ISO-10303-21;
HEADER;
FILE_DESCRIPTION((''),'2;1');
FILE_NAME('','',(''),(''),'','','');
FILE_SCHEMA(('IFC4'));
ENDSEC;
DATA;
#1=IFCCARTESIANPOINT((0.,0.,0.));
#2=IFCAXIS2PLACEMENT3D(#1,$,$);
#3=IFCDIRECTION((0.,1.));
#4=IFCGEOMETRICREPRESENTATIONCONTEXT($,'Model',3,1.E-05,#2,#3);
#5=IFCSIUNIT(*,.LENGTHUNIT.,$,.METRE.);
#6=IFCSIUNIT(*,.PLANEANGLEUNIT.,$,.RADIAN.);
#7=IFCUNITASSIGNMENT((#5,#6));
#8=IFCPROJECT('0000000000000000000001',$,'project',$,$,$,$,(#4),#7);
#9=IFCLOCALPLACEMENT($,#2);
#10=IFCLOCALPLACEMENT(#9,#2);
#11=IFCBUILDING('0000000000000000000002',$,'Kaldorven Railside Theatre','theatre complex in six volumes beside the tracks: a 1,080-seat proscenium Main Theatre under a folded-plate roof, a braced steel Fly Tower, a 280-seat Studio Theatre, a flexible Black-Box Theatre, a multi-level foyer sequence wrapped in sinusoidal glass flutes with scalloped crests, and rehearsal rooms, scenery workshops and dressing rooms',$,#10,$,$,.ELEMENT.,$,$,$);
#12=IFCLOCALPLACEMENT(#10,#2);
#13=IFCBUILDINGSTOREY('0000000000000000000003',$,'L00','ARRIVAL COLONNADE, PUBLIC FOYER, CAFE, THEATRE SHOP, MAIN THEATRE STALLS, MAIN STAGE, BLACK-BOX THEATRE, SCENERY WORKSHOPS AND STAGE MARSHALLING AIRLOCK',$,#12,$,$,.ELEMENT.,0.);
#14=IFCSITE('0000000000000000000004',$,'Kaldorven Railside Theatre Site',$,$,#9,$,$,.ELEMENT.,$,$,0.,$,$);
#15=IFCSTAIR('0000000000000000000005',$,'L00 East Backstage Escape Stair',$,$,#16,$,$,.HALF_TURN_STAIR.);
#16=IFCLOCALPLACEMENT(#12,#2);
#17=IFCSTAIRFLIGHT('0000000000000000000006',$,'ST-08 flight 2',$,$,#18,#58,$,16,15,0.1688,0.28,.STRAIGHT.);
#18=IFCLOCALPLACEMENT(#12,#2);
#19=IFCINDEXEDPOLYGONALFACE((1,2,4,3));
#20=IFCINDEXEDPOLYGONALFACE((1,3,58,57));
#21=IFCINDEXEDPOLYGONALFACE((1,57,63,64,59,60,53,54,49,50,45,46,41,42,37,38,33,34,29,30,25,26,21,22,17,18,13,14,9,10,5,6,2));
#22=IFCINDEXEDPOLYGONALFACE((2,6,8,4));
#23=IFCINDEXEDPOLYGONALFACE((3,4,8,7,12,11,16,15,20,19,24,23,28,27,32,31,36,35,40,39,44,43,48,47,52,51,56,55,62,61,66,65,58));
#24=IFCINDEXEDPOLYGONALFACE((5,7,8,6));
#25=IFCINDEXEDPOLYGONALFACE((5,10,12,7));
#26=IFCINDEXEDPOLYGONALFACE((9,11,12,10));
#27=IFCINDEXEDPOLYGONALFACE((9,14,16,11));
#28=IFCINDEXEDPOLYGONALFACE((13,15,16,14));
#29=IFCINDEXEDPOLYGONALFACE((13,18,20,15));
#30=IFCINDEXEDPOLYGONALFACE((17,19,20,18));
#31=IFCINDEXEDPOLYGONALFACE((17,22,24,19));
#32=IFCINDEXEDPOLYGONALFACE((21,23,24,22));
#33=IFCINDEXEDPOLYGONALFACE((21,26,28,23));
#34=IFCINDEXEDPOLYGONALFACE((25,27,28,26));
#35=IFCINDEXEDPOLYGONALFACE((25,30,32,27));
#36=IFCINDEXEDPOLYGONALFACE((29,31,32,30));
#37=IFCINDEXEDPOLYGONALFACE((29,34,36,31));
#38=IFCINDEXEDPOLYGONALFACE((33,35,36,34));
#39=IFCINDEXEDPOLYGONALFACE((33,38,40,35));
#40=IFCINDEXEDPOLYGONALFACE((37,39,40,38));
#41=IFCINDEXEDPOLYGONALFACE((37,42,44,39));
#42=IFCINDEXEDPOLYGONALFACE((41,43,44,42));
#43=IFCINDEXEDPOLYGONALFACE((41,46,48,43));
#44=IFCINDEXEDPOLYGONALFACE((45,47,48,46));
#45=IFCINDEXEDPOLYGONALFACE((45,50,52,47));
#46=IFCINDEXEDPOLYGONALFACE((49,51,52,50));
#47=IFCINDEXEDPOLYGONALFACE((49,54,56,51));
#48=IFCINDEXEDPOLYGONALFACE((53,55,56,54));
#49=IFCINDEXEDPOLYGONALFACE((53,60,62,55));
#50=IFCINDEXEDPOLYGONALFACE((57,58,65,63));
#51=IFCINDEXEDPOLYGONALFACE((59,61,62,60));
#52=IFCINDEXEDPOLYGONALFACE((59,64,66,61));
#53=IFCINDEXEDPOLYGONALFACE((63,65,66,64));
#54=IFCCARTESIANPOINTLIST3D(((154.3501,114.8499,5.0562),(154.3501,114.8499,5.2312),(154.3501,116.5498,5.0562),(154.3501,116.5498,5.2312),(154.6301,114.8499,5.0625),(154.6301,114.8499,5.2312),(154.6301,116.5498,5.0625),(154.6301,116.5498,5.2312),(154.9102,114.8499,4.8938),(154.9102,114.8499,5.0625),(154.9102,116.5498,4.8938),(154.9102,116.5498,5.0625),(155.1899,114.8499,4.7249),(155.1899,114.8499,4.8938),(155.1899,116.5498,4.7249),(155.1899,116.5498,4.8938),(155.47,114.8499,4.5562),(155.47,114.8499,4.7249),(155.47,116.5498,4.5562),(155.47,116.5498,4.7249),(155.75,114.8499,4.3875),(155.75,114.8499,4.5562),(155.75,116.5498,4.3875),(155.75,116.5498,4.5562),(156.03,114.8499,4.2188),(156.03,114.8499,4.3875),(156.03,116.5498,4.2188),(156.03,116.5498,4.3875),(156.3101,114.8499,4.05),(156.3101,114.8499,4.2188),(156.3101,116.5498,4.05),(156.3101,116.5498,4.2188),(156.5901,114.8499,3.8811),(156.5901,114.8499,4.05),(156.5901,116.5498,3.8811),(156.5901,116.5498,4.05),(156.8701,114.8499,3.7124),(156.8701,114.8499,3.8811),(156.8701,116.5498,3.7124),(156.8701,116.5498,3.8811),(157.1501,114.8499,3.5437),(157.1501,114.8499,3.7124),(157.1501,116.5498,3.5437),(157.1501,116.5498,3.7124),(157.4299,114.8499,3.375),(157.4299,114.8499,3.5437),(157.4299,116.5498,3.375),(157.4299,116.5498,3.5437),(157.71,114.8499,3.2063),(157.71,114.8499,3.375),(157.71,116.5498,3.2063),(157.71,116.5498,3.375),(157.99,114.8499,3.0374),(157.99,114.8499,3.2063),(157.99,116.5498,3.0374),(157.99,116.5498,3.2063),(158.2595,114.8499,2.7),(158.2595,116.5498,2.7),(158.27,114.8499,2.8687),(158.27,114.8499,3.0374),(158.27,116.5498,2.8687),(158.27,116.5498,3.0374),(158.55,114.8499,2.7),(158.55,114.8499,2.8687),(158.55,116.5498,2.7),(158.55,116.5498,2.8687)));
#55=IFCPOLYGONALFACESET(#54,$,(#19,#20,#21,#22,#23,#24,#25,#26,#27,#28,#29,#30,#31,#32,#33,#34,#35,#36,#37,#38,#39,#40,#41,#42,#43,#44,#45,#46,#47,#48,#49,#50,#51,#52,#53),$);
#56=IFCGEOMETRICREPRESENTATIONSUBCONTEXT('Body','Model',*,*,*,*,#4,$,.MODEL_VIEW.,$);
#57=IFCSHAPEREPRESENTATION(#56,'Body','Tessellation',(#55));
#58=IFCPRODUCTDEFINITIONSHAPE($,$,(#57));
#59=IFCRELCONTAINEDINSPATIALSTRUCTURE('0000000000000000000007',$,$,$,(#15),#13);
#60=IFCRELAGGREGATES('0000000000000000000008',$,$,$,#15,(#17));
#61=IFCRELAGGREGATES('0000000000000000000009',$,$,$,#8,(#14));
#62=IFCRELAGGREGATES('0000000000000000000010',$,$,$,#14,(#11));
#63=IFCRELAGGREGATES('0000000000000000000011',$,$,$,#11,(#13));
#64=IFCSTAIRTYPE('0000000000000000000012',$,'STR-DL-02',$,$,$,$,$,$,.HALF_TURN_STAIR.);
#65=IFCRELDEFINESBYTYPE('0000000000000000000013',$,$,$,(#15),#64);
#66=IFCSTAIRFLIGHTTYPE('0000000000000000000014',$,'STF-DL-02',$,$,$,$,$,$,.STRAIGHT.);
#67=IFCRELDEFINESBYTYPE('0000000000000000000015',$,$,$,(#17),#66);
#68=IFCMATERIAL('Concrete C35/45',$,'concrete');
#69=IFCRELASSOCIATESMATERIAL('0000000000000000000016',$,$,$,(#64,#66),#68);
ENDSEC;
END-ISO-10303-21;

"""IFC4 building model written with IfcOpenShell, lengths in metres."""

from ifc_helpers import new_model, si_unit, direction, frame, origin, place, context, subcontext, project, spatial, polyline, outline, extrude, material, type_object, element, aggregate, save


model = new_model("IFC4")

# Units and contexts
model_context = context("Model", 3, precision=1e-05, world=origin(), true_north=direction((0.0, 1.0)))
body_context = subcontext(model_context, "Body", "Model", "MODEL_VIEW")
ifc_project = project(units=[si_unit("LENGTHUNIT", "METRE"), si_unit("PLANEANGLEUNIT", "RADIAN")], contexts=[model_context])

# Site, building, storey
site_placement = place(None, origin())
site = spatial("IfcSite", under=ifc_project, at=site_placement, Name="Kaldorven Railside Theatre Site", CompositionType="ELEMENT", RefElevation=0.0)
building_placement = place(site_placement, origin())
building = spatial("IfcBuilding", under=site, at=building_placement, Name="Kaldorven Railside Theatre", Description="theatre complex in six volumes beside the tracks: a 1,080-seat proscenium Main Theatre under a folded-plate roof, a braced steel Fly Tower, a 280-seat Studio Theatre, a flexible Black-Box Theatre, a multi-level foyer sequence wrapped in sinusoidal glass flutes with scalloped crests, and rehearsal rooms, scenery workshops and dressing rooms", CompositionType="ELEMENT")
storey_placement = place(building_placement, origin())
storey = spatial("IfcBuildingStorey", under=building, at=storey_placement, Name="L00", Description="ARRIVAL COLONNADE, PUBLIC FOYER, CAFE, THEATRE SHOP, MAIN THEATRE STALLS, MAIN STAGE, BLACK-BOX THEATRE, SCENERY WORKSHOPS AND STAGE MARSHALLING AIRLOCK", CompositionType="ELEMENT", Elevation=0.0)

# Stair, stair flight
ifc_material_1 = material(Name="Concrete C35/45", Category="concrete")
stair_type = type_object("IfcStairType", Name="STR-DL-02", PredefinedType="HALF_TURN_STAIR", material=ifc_material_1)
stair_placement = place(storey_placement, origin())
stair = element("IfcStair", 1, at=stair_placement, inside=storey, type_object=stair_type, Name="L00 East Backstage Escape Stair", PredefinedType="HALF_TURN_STAIR")
stair_flight_type = type_object("IfcStairFlightType", Name="STF-DL-02", PredefinedType="STRAIGHT", material=ifc_material_1)
stair_flight_1_placement = place(storey_placement, frame((158.55, 115.7, 2.7), z_axis=(0.0, 0.0, 1.0), x_axis=(-1.0, 0.0, 0.0)))
stair_flight_1 = element("IfcStairFlight", 2, at=stair_flight_1_placement, type_object=stair_flight_type, Name="ST-08 flight 2", NumberOfRisers=16, NumberOfTreads=15, PredefinedType="STRAIGHT", RiserHeight=0.1688, TreadLength=0.28, context=body_context, shape_type="SweptSolid", body=[
    extrude(outline(polyline([(0.0, 0.0), (0.0, 0.1687), (0.28, 0.1687), (0.28, 0.3374), (0.5601, 0.3374), (0.5601, 0.5063), (0.8401, 0.5063), (0.8401, 0.675), (1.1201, 0.675), (1.1201, 0.8438), (1.3999, 0.8438), (1.3999, 1.0125), (1.6799, 1.0125), (1.6799, 1.1812), (1.96, 1.1812), (1.96, 1.3501), (2.24, 1.3501), (2.24, 1.5188), (2.52, 1.5188), (2.52, 1.6875), (2.8, 1.6875), (2.8, 1.8562), (3.0801, 1.8562), (3.0801, 2.0249), (3.3601, 2.0249), (3.3601, 2.1938), (3.6399, 2.1938), (3.6399, 2.3625), (3.9199, 2.3625), (3.9199, 2.5312), (4.2, 2.5312), (4.2, 2.7), (4.2, 2.3562), (0.2905, 0.0), (0.0, 0.0)])), frame((0.0, 0.8501, 0.0), z_axis=(0.0, -1.0, 0.0), x_axis=(1.0, 0.0, 0.0)), (0.0, 0.0, 1.0), 1.7),
])
aggregate(stair, [stair_flight_1])

save(model, "model.ifc")
